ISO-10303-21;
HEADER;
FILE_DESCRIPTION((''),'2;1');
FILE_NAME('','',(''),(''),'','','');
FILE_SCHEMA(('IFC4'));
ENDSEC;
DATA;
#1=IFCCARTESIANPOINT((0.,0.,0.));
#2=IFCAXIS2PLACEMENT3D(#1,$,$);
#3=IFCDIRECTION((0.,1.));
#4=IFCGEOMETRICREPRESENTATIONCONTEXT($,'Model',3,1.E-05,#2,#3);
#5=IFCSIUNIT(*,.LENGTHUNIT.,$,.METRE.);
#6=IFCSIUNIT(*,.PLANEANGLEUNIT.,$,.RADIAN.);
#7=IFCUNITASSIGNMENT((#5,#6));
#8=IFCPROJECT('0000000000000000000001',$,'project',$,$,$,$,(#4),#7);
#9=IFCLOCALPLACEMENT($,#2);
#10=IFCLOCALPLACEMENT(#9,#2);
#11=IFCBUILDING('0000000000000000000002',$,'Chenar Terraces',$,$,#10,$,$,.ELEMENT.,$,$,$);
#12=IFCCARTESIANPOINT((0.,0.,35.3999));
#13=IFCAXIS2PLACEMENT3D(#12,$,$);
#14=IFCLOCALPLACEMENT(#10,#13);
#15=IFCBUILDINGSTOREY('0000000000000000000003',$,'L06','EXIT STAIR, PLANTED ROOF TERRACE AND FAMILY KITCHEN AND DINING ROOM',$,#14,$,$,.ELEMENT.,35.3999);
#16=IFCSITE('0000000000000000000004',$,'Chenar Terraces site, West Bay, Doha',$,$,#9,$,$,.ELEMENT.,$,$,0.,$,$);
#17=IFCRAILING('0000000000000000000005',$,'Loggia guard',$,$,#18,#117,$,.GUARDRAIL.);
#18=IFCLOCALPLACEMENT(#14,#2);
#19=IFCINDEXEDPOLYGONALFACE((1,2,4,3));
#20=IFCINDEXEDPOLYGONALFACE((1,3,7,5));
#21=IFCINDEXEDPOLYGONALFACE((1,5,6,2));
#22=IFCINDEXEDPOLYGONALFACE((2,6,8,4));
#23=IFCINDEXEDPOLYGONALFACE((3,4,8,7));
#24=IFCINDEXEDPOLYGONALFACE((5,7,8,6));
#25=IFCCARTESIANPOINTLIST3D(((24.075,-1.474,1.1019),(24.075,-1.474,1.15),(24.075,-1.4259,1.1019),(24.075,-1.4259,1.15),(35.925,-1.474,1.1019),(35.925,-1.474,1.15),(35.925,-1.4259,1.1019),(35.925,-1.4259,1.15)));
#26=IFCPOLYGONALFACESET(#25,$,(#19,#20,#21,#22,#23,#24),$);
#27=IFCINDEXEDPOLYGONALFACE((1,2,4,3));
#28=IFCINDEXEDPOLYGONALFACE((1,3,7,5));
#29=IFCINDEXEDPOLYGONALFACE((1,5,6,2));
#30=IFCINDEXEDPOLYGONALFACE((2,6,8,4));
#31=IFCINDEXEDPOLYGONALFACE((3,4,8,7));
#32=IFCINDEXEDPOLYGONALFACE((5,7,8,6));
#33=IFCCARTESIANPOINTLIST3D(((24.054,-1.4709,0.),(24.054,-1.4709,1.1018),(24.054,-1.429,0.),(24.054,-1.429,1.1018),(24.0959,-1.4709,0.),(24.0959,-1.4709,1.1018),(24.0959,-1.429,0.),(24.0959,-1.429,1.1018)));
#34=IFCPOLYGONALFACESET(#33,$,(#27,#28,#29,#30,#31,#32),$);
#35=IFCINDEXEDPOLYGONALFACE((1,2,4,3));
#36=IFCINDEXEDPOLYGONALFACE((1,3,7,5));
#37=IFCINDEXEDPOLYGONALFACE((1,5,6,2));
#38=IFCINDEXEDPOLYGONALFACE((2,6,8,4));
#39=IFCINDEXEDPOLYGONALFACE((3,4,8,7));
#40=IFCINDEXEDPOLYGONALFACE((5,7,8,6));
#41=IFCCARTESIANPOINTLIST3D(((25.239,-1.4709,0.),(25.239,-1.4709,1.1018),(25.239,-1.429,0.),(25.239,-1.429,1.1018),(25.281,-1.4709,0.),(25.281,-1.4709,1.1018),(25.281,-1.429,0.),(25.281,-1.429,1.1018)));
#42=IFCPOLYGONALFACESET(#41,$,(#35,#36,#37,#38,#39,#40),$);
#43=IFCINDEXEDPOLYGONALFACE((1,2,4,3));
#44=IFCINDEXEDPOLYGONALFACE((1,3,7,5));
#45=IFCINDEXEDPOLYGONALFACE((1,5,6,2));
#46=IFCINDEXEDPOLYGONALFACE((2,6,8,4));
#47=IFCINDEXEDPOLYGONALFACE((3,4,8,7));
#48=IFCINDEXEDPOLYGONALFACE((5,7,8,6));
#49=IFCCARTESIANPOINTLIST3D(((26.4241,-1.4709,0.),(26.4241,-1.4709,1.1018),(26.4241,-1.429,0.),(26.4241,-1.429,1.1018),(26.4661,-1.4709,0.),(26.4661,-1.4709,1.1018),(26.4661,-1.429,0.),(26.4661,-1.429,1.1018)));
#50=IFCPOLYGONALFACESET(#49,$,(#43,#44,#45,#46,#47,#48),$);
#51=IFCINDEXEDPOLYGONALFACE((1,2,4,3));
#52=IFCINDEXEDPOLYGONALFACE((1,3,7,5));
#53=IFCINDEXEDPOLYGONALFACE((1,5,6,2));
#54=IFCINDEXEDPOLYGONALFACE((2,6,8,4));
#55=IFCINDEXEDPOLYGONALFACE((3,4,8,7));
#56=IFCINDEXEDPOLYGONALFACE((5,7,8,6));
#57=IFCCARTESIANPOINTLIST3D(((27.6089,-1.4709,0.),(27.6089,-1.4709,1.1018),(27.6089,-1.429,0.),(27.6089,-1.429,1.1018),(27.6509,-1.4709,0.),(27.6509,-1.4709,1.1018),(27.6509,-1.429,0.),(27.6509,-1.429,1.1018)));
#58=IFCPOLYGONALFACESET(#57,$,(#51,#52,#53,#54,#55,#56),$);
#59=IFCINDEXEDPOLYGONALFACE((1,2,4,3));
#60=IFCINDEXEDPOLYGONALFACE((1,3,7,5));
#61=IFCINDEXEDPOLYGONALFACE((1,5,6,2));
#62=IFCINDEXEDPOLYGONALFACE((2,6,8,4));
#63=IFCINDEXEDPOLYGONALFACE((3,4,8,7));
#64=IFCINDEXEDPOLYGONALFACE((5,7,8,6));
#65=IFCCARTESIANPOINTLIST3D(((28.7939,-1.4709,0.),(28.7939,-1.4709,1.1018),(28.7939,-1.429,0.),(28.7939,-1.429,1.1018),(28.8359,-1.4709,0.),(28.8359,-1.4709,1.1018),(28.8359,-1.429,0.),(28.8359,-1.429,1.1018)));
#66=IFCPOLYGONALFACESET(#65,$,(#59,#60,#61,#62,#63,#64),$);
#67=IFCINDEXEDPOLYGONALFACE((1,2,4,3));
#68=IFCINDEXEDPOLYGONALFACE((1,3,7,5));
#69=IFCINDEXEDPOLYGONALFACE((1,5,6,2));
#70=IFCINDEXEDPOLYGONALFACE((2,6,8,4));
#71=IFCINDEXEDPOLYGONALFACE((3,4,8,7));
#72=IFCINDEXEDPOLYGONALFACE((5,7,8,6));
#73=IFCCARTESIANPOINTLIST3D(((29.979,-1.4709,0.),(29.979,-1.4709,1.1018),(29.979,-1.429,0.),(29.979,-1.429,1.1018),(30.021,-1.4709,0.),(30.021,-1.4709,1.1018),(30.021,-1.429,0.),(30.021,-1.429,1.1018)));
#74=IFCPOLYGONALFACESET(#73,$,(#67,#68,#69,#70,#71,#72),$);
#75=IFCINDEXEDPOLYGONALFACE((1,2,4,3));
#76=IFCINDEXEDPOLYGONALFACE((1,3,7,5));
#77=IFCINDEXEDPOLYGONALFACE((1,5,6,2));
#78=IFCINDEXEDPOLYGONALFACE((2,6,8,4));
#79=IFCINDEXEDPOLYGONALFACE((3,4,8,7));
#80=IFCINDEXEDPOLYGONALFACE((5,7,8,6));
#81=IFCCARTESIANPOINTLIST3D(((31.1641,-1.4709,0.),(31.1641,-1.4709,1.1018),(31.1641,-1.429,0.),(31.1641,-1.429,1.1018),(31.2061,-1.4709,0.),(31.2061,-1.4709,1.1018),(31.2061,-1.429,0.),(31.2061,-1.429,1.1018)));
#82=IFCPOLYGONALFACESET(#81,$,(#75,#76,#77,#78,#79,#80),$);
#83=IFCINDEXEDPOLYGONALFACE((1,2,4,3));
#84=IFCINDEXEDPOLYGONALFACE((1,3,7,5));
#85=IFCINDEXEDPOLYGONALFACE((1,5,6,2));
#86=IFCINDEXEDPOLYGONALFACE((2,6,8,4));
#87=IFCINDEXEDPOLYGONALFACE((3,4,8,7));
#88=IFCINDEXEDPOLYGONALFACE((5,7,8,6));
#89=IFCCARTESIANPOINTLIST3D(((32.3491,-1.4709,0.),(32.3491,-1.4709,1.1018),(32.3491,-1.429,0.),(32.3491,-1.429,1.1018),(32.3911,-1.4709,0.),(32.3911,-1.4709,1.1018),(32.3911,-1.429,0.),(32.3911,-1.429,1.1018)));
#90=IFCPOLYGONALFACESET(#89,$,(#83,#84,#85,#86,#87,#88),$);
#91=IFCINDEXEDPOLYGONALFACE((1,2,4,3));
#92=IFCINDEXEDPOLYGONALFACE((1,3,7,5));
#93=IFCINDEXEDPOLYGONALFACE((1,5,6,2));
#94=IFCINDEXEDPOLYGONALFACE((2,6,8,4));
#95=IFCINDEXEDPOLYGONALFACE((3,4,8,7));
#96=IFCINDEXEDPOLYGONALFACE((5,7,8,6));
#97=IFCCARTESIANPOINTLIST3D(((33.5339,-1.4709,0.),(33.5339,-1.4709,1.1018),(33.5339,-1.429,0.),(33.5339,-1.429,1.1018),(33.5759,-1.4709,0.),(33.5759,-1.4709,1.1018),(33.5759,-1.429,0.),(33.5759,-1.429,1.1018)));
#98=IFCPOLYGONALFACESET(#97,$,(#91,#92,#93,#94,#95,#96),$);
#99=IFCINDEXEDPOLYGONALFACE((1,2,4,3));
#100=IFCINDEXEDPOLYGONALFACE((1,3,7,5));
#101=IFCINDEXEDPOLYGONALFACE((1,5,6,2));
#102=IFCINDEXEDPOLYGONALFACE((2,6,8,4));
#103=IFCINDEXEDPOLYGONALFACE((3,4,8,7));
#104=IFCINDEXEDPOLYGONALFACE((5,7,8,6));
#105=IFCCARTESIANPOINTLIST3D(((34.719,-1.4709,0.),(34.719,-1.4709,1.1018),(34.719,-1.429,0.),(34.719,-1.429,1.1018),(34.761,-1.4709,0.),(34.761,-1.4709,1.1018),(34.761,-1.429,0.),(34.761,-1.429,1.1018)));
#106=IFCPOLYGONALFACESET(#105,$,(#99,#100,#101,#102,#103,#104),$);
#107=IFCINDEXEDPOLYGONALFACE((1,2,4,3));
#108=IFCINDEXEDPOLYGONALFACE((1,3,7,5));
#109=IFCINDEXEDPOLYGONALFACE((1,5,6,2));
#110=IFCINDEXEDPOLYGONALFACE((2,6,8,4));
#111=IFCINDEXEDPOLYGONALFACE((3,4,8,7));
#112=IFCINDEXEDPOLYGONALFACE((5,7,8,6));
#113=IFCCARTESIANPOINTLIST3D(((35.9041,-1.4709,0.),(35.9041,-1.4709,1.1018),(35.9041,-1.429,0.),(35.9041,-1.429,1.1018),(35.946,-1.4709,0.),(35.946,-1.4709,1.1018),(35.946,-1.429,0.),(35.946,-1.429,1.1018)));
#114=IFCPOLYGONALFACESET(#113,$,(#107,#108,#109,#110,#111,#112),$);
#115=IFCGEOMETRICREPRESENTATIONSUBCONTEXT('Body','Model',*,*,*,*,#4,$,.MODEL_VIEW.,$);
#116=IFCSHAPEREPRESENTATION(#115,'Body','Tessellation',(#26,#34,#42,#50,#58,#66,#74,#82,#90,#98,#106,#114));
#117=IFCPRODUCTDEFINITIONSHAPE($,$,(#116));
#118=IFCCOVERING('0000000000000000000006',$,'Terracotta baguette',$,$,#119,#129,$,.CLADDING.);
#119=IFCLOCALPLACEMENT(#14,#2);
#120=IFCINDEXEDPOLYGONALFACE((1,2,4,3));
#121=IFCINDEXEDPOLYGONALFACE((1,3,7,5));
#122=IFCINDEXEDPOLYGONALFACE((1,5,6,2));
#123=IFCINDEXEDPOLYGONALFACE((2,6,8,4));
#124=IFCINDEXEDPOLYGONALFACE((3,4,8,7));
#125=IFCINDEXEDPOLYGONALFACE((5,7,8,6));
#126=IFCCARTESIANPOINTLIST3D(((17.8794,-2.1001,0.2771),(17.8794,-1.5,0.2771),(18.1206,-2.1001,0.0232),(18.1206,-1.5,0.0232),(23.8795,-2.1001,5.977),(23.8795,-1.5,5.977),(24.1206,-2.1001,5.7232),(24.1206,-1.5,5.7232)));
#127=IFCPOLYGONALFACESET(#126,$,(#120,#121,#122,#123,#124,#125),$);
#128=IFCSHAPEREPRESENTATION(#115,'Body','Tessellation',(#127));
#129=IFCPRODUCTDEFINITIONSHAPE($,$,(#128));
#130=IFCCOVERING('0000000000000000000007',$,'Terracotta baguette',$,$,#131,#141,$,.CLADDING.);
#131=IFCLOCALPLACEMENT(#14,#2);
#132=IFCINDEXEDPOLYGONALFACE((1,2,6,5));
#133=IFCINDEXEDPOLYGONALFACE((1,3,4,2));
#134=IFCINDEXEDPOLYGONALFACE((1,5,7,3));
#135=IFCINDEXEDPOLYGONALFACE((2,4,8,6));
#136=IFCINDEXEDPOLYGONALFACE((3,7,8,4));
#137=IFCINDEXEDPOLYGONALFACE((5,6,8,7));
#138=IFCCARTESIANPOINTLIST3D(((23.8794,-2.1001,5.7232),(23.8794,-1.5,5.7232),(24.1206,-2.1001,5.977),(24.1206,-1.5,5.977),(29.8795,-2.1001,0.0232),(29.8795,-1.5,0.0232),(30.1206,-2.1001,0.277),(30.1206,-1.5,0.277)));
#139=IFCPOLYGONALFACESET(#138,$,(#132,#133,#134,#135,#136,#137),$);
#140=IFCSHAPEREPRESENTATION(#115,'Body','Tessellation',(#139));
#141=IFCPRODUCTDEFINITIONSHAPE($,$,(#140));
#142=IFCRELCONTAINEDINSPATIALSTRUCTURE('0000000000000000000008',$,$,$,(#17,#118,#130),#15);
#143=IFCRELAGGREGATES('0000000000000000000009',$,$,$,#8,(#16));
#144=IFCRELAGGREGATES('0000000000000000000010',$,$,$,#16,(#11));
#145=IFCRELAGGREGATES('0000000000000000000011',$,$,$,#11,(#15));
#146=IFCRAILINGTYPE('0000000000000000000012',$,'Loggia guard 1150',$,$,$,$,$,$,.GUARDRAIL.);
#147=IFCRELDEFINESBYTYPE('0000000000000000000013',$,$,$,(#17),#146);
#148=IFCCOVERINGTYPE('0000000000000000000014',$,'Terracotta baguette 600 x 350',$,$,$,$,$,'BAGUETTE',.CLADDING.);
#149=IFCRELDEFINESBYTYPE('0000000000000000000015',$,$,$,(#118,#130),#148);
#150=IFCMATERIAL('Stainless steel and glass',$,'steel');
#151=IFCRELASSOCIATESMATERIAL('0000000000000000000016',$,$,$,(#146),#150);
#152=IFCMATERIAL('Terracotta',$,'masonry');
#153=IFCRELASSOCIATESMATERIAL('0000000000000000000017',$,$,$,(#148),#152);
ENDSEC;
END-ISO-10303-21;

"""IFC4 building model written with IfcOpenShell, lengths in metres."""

from ifc_helpers import new_model, si_unit, direction, frame, origin, origin_2d, place, context, subcontext, project, spatial, rectangle, extrude, material, material_profile, profile_set, type_object, element, save


model = new_model("IFC4")

# Units and contexts
model_context = context("Model", 3, precision=1e-05, world=origin(), true_north=direction((0.0, 1.0)))
body_context = subcontext(model_context, "Body", "Model", "MODEL_VIEW")
ifc_project = project(units=[si_unit("LENGTHUNIT", "METRE"), si_unit("PLANEANGLEUNIT", "RADIAN")], contexts=[model_context])

# Site, building, storey
site_placement = place(None, origin())
site = spatial("IfcSite", under=ifc_project, at=site_placement, Name="Chenar Terraces site, West Bay, Doha", CompositionType="ELEMENT", RefElevation=0.0)
building_placement = place(site_placement, origin())
building = spatial("IfcBuilding", under=site, at=building_placement, Name="Chenar Terraces", CompositionType="ELEMENT")
storey_placement = place(building_placement, frame((0.0, 0.0, 35.3999)))
storey = spatial("IfcBuildingStorey", under=building, at=storey_placement, Name="L06", Description="EXIT STAIR, PLANTED ROOF TERRACE AND FAMILY KITCHEN AND DINING ROOM", CompositionType="ELEMENT", Elevation=35.3999)

# Railing
ifc_material_1 = material(Name="Stainless steel and glass", Category="steel")
railing_type = type_object("IfcRailingType", Name="Loggia guard 1150", PredefinedType="GUARDRAIL", material=ifc_material_1)
railing_placement = place(storey_placement, frame((24.075, -1.45, 0.0)))
element("IfcRailing", 1, at=railing_placement, inside=storey, type_object=railing_type, Name="Loggia guard", PredefinedType="GUARDRAIL", context=body_context, shape_type="SweptSolid", body=[
    extrude(rectangle(XDim=0.0481, YDim=0.0481, at=origin_2d()), frame((0.0, 0.0, 1.126), z_axis=(1.0, 0.0, 0.0), x_axis=(0.0, 1.0, 0.0)), (0.0, 0.0, 1.0), 11.8501),
    extrude(rectangle(XDim=0.042, YDim=0.042, at=origin_2d()), origin(), (0.0, 0.0, 1.0), 1.1018),
    extrude(rectangle(XDim=0.042, YDim=0.042, at=origin_2d()), frame((1.1851, 0.0, 0.0)), (0.0, 0.0, 1.0), 1.1018),
    extrude(rectangle(XDim=0.042, YDim=0.042, at=origin_2d()), frame((2.3701, 0.0, 0.0)), (0.0, 0.0, 1.0), 1.1018),
    extrude(rectangle(XDim=0.042, YDim=0.042, at=origin_2d()), frame((3.5549, 0.0, 0.0)), (0.0, 0.0, 1.0), 1.1018),
    extrude(rectangle(XDim=0.042, YDim=0.042, at=origin_2d()), frame((4.74, 0.0, 0.0)), (0.0, 0.0, 1.0), 1.1018),
    extrude(rectangle(XDim=0.042, YDim=0.042, at=origin_2d()), frame((5.925, 0.0, 0.0)), (0.0, 0.0, 1.0), 1.1018),
    extrude(rectangle(XDim=0.042, YDim=0.042, at=origin_2d()), frame((7.1101, 0.0, 0.0)), (0.0, 0.0, 1.0), 1.1018),
    extrude(rectangle(XDim=0.042, YDim=0.042, at=origin_2d()), frame((8.2952, 0.0, 0.0)), (0.0, 0.0, 1.0), 1.1018),
    extrude(rectangle(XDim=0.042, YDim=0.042, at=origin_2d()), frame((9.48, 0.0, 0.0)), (0.0, 0.0, 1.0), 1.1018),
    extrude(rectangle(XDim=0.042, YDim=0.042, at=origin_2d()), frame((10.665, 0.0, 0.0)), (0.0, 0.0, 1.0), 1.1018),
    extrude(rectangle(XDim=0.042, YDim=0.042, at=origin_2d()), frame((11.8501, 0.0, 0.0)), (0.0, 0.0, 1.0), 1.1018),
])

# Coverings
ifc_material_2 = material(Name="Terracotta", Category="masonry")
ifc_material_profile_1 = material_profile(ifc_material_2, rectangle(XDim=0.6001, YDim=0.3501, at=origin_2d()), Name="Terracotta baguette 600 x 350")
ifc_profile_set_1 = profile_set([ifc_material_profile_1], Name="Terracotta")
covering_type = type_object("IfcCoveringType", Name="Terracotta baguette 600 x 350", ElementType="BAGUETTE", PredefinedType="CLADDING", material=ifc_profile_set_1)
for number, where, z_axis, x_axis, name in (
    (2, (18.0, -1.8, 0.1501), (0.725002, 0.0, 0.688746), (0.0, 1.0, 0.0), "Terracotta baguette"),
    (3, (24.0, -1.8, 5.8501), (0.725002, 0.0, -0.688746), (0.0, 1.0, 0.0), "Terracotta baguette"),
):
    element("IfcCovering", number, at=place(storey_placement, frame(where, z_axis=z_axis, x_axis=x_axis)), inside=storey, type_object=covering_type, Name=name, PredefinedType="CLADDING", context=body_context, shape_type="SweptSolid", body=[
        extrude(rectangle(XDim=0.6001, YDim=0.3501, at=origin_2d()), origin(), (0.0, 0.0, 1.0), 8.2759),
    ])

save(model, "model.ifc")
